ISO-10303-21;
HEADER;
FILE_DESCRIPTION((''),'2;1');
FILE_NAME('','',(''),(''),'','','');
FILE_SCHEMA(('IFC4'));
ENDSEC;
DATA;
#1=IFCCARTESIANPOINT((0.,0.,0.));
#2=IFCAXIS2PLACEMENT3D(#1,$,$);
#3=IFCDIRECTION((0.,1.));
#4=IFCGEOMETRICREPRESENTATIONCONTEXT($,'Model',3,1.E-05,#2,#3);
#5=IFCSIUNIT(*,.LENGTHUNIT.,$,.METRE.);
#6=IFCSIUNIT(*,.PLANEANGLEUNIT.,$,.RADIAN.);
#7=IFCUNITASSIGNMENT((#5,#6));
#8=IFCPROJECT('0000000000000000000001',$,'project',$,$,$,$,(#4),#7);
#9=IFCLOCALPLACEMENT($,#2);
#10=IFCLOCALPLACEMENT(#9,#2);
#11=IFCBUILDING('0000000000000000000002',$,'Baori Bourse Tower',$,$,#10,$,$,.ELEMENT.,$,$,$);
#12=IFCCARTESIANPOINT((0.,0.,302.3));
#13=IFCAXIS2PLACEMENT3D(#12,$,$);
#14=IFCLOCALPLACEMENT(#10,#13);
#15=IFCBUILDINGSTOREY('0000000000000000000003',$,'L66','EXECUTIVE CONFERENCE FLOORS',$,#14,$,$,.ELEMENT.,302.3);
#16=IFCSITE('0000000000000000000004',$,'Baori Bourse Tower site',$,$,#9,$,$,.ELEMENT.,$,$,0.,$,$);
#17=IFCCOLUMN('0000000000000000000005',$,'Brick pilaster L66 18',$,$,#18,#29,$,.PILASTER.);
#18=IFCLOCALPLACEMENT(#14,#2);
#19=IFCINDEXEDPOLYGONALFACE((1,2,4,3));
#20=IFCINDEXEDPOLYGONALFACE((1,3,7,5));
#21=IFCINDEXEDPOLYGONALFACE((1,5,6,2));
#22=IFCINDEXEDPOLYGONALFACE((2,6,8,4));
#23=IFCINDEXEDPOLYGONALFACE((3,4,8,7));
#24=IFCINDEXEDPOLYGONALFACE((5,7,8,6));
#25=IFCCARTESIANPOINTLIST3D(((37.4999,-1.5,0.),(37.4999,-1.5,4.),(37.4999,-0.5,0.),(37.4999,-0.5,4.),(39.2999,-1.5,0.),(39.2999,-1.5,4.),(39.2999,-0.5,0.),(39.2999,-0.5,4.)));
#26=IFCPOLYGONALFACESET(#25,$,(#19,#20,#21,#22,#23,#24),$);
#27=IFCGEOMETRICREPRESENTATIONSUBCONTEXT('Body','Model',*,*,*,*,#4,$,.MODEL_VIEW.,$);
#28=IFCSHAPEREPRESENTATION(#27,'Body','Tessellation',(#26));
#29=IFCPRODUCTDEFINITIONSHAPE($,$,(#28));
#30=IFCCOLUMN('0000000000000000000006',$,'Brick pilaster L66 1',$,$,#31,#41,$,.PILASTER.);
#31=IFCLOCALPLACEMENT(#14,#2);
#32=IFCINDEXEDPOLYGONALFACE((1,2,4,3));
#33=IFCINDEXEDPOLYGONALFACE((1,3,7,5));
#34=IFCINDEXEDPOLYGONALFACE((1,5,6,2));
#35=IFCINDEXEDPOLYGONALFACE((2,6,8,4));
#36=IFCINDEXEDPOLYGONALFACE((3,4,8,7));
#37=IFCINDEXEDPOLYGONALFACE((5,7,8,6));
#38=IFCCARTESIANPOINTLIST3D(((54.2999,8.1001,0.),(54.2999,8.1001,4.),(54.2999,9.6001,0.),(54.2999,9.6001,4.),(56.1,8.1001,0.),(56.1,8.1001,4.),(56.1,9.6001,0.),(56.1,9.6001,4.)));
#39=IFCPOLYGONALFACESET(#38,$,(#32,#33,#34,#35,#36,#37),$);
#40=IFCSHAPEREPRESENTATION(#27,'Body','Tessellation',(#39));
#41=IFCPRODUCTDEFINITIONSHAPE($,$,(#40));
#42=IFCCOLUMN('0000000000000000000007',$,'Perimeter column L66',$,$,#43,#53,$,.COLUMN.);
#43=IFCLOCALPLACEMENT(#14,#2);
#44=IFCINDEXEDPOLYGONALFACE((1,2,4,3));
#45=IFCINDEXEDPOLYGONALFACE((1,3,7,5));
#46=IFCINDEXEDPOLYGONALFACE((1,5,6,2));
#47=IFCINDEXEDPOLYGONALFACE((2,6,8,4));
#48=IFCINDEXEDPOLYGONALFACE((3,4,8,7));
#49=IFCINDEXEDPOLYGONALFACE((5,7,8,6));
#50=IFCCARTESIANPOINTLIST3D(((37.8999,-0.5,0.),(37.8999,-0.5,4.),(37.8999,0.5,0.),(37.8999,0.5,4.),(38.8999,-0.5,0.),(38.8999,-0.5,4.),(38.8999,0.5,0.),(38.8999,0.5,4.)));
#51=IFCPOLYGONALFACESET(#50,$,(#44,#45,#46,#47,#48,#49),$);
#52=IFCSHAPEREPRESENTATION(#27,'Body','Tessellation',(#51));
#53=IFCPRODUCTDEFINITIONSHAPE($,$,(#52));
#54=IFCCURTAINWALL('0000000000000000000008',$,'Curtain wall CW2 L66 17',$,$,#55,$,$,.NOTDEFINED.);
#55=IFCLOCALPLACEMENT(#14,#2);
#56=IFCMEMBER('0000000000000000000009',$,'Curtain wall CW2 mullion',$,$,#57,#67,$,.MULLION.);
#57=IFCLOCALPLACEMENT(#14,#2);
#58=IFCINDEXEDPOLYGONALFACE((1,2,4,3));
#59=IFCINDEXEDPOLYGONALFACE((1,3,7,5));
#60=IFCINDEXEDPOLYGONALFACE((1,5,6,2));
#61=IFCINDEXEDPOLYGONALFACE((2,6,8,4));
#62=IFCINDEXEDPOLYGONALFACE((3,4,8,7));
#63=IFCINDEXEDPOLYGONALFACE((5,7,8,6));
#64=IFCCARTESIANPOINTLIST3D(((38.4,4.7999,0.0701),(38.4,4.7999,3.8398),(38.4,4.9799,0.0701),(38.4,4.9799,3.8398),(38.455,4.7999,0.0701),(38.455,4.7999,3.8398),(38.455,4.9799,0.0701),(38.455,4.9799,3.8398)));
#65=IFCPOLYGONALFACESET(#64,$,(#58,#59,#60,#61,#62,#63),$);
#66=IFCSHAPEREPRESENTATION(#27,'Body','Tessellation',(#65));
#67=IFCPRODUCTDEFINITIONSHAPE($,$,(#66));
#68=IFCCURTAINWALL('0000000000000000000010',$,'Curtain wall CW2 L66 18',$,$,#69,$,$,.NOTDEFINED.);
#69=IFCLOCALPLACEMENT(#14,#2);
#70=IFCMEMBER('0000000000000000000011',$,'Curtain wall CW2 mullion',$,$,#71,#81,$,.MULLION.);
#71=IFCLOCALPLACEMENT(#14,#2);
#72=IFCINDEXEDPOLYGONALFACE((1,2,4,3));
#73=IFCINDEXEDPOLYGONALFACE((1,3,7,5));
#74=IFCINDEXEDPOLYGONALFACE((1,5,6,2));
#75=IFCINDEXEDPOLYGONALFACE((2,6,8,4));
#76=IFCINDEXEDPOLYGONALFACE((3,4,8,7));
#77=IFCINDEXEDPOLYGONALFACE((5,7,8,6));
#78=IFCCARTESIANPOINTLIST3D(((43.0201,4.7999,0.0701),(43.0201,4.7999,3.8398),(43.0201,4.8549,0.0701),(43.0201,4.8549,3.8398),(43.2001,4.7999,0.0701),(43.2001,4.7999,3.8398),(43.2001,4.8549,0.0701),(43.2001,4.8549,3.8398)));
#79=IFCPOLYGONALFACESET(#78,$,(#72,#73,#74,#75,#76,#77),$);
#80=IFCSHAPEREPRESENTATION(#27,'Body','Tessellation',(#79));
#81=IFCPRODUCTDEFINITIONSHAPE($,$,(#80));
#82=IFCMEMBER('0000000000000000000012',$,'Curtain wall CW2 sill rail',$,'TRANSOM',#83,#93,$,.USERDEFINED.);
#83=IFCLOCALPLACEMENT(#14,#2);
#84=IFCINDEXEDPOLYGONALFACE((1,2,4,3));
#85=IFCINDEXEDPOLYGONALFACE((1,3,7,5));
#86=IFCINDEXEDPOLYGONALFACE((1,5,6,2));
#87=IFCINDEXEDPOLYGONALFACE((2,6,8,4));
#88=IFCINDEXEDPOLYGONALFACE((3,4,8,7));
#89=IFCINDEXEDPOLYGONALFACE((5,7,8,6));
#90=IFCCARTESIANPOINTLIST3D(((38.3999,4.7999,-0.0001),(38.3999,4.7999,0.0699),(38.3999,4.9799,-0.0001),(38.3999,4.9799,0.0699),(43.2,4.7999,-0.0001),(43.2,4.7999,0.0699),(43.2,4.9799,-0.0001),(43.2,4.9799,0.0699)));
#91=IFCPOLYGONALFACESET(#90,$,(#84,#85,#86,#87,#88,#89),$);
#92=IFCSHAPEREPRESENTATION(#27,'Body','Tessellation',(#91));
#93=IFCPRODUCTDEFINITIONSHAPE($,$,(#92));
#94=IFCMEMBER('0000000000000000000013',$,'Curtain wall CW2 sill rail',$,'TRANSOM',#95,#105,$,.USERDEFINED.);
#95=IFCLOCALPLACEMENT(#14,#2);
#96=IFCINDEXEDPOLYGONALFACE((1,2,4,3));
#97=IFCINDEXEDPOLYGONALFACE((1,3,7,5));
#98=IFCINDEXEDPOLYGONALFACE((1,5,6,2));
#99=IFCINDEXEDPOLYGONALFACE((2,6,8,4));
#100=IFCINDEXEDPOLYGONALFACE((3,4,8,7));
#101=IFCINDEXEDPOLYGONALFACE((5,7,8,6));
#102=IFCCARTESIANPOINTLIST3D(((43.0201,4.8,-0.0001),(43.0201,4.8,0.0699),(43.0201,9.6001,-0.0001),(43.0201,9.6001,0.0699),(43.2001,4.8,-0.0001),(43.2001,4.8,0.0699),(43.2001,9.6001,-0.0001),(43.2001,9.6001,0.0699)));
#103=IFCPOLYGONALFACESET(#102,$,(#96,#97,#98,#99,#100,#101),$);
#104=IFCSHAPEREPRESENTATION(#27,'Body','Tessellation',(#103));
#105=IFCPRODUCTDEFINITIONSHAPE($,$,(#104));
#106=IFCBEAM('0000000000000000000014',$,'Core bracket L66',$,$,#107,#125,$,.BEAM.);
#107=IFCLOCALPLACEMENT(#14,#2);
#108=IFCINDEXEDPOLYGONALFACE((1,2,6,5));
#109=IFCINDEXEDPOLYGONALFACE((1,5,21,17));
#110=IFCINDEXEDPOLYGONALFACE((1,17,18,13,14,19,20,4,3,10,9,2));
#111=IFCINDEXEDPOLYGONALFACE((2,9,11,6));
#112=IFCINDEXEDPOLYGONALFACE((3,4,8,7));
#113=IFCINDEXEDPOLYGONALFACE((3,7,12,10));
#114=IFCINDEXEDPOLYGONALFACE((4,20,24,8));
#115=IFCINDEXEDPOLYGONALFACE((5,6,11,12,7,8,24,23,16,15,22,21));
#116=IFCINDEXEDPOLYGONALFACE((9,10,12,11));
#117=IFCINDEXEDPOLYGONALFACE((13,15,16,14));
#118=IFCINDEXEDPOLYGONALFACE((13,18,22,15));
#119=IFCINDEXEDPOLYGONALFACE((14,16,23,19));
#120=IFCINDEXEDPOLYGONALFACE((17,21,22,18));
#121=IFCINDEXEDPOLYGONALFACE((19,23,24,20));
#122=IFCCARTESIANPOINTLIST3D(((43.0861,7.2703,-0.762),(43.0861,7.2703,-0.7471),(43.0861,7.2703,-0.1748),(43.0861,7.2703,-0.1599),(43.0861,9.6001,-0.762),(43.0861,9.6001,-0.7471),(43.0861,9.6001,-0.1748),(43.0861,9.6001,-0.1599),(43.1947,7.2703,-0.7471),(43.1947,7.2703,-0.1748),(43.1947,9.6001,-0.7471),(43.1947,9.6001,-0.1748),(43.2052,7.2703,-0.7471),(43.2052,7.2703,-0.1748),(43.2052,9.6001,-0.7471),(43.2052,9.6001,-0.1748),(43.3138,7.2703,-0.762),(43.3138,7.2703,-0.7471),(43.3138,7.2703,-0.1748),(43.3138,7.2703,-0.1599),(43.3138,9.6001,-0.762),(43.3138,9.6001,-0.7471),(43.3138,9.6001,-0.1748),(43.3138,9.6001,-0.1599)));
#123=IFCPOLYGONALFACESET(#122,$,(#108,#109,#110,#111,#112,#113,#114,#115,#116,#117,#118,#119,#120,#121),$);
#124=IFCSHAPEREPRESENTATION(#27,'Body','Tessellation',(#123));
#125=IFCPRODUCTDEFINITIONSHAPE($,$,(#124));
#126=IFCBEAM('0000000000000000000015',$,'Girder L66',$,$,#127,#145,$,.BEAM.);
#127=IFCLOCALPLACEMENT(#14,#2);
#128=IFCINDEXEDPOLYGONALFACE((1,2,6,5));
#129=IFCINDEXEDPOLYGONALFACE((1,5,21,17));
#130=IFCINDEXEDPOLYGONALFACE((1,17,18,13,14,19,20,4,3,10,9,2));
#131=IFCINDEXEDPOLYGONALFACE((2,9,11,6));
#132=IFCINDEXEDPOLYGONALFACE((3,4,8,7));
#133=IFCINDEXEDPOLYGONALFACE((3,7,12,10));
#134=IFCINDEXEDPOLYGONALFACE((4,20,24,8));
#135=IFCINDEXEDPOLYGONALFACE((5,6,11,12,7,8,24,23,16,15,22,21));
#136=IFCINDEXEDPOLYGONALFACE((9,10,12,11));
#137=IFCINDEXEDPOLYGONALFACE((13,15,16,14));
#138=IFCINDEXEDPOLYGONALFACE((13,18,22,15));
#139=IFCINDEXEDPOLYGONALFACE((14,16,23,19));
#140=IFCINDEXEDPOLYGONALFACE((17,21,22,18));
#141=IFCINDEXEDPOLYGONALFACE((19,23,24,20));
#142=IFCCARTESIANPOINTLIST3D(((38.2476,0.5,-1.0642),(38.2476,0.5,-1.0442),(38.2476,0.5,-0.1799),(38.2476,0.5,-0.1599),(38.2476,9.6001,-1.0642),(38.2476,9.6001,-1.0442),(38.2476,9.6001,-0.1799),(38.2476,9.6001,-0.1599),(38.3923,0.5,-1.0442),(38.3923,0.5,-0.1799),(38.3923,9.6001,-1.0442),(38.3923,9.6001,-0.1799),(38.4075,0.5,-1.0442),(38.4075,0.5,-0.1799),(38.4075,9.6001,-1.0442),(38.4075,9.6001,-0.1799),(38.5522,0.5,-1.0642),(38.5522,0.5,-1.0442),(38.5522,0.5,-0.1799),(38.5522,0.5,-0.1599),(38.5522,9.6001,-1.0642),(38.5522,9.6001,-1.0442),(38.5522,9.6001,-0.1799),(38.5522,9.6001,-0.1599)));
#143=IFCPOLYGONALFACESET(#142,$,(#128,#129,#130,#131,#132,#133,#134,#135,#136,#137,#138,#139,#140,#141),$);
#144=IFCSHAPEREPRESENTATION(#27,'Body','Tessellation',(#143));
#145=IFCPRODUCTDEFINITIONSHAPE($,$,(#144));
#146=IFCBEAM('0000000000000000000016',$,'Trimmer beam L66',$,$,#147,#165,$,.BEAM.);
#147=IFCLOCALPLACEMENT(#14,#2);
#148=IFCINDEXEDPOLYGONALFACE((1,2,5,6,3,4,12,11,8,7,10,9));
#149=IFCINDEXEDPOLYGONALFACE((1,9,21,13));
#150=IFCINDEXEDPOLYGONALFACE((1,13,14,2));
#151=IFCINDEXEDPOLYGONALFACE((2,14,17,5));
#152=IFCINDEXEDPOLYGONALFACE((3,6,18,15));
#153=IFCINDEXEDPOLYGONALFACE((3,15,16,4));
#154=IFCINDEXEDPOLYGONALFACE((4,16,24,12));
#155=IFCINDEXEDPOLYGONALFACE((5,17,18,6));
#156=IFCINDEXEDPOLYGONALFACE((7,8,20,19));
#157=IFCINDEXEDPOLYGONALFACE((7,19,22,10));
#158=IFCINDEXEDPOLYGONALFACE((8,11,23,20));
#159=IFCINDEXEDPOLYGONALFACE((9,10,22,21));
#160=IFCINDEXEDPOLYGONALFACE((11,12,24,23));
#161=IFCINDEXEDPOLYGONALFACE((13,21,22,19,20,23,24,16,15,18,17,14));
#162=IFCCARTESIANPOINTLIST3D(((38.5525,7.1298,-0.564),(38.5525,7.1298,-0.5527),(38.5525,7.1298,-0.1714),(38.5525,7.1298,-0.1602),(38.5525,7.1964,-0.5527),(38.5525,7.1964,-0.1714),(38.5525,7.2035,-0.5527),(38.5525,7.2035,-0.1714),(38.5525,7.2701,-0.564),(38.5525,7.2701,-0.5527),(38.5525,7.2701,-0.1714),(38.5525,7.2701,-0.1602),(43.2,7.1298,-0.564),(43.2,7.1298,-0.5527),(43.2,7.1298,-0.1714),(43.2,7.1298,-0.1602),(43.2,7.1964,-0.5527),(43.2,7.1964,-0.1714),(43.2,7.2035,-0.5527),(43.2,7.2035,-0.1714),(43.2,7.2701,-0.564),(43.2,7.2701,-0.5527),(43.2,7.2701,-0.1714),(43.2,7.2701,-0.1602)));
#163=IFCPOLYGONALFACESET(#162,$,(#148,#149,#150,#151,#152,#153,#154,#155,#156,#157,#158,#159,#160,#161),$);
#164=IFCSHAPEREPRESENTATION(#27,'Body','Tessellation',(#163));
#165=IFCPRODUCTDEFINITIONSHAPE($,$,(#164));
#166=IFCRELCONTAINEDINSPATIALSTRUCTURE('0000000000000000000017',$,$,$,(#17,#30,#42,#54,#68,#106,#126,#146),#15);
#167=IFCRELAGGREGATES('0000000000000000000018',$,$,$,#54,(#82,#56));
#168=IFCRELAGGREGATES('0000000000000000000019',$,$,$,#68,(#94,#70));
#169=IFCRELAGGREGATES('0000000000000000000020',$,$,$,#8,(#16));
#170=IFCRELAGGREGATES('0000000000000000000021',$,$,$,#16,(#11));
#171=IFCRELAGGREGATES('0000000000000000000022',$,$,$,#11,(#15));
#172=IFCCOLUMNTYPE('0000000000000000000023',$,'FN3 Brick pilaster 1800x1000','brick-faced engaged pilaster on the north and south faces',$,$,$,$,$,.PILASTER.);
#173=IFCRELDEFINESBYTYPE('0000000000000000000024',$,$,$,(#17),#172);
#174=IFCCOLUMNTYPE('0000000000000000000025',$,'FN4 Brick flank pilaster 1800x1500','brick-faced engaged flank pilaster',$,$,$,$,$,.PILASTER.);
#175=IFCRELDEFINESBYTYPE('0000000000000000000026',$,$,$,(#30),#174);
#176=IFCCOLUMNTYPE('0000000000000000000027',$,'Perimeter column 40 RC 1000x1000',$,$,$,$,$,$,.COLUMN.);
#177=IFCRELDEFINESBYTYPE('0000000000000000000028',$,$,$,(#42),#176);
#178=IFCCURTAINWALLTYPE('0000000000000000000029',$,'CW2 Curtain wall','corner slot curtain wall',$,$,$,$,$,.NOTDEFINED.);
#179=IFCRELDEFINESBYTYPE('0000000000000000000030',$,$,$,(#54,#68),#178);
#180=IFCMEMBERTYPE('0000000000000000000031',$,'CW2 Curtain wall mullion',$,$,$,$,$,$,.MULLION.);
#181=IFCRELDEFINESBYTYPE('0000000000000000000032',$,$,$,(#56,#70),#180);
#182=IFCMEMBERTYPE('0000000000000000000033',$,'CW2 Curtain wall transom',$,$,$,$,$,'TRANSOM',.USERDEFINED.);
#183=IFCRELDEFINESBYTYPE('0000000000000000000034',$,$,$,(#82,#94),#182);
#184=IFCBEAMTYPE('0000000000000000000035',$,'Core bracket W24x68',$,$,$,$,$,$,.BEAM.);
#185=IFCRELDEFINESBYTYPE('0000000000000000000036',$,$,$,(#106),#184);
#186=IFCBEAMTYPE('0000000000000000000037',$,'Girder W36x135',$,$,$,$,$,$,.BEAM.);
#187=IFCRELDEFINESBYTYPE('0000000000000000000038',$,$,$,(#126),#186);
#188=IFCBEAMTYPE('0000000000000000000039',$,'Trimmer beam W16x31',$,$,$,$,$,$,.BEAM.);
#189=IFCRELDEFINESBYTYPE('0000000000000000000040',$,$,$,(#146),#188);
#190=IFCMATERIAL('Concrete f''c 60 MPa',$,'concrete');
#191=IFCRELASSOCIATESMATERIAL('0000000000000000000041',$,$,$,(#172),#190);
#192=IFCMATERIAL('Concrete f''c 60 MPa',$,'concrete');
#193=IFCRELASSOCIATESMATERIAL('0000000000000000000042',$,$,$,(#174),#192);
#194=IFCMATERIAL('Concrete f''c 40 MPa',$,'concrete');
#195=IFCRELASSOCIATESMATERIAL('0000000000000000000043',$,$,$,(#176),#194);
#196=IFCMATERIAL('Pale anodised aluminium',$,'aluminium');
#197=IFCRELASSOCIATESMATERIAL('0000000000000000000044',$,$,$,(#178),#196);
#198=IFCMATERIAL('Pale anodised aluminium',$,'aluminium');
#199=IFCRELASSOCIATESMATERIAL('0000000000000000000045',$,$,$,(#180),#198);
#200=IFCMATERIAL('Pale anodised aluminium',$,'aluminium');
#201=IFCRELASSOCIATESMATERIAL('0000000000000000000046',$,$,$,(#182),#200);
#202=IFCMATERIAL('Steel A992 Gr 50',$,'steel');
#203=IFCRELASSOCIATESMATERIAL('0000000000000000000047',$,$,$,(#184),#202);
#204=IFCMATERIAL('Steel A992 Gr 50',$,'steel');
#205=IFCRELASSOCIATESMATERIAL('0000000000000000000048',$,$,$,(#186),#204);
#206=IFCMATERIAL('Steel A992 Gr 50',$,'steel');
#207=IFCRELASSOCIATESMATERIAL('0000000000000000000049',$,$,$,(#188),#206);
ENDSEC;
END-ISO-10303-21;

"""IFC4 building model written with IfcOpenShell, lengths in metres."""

from ifc_helpers import new_model, si_unit, direction, frame, origin, origin_2d, place, context, subcontext, project, spatial, rectangle, i_section, extrude, material, material_profile, profile_set, type_object, element, aggregate, save


model = new_model("IFC4")

# Units and contexts
model_context = context("Model", 3, precision=1e-05, world=origin(), true_north=direction((0.0, 1.0)))
body_context = subcontext(model_context, "Body", "Model", "MODEL_VIEW")
ifc_project = project(units=[si_unit("LENGTHUNIT", "METRE"), si_unit("PLANEANGLEUNIT", "RADIAN")], contexts=[model_context])

# Site, building, storey
site_placement = place(None, origin())
site = spatial("IfcSite", under=ifc_project, at=site_placement, Name="Baori Bourse Tower site", CompositionType="ELEMENT", RefElevation=0.0)
building_placement = place(site_placement, origin())
building = spatial("IfcBuilding", under=site, at=building_placement, Name="Baori Bourse Tower", CompositionType="ELEMENT")
storey_placement = place(building_placement, frame((0.0, 0.0, 302.3)))
storey = spatial("IfcBuildingStorey", under=building, at=storey_placement, Name="L66", Description="EXECUTIVE CONFERENCE FLOORS", CompositionType="ELEMENT", Elevation=302.3)

# Columns
ifc_material_1 = material(Name="Concrete f'c 60 MPa", Category="concrete")
ifc_material_profile_1 = material_profile(ifc_material_1, rectangle(XDim=1.8, YDim=1.0, at=origin_2d()), Name="RC 1800x1000")
ifc_profile_set_1 = profile_set([ifc_material_profile_1], Name="Concrete f'c 60 MPa")
column_type_1 = type_object("IfcColumnType", Name="FN3 Brick pilaster 1800x1000", Description="brick-faced engaged pilaster on the north and south faces", PredefinedType="PILASTER", material=ifc_profile_set_1)
column_1_placement = place(storey_placement, frame((38.3999, -1.0, 0.0), z_axis=(0.0, 0.0, 1.0), x_axis=(1.0, 0.0, 0.0)))
element("IfcColumn", 1, at=column_1_placement, inside=storey, type_object=column_type_1, Name="Brick pilaster L66 18", PredefinedType="PILASTER", context=body_context, shape_type="SweptSolid", body=[
    extrude(rectangle(XDim=1.8, YDim=1.0, at=origin_2d()), origin(), (0.0, 0.0, 1.0), 4.0),
])
ifc_material_2 = material(Name="Concrete f'c 60 MPa", Category="concrete")
ifc_material_profile_2 = material_profile(ifc_material_2, rectangle(XDim=1.8, YDim=1.5, at=origin_2d()), Name="RC 1800x1500")
ifc_profile_set_2 = profile_set([ifc_material_profile_2], Name="Concrete f'c 60 MPa")
column_type_2 = type_object("IfcColumnType", Name="FN4 Brick flank pilaster 1800x1500", Description="brick-faced engaged flank pilaster", PredefinedType="PILASTER", material=ifc_profile_set_2)
column_2_placement = place(storey_placement, frame((55.2, 8.8501, 0.0), z_axis=(0.0, 0.0, 1.0), x_axis=(1.0, 0.0, 0.0)))
element("IfcColumn", 2, at=column_2_placement, inside=storey, type_object=column_type_2, Name="Brick pilaster L66 1", PredefinedType="PILASTER", context=body_context, shape_type="SweptSolid", body=[
    extrude(rectangle(XDim=1.8, YDim=1.5, at=origin_2d()), origin(), (0.0, 0.0, 1.0), 4.0),
])
ifc_material_3 = material(Name="Concrete f'c 40 MPa", Category="concrete")
ifc_material_profile_3 = material_profile(ifc_material_3, rectangle(XDim=1.0, YDim=1.0, at=origin_2d()), Name="RC 1000x1000")
ifc_profile_set_3 = profile_set([ifc_material_profile_3], Name="Concrete f'c 40 MPa")
column_type_3 = type_object("IfcColumnType", Name="Perimeter column 40 RC 1000x1000", PredefinedType="COLUMN", material=ifc_profile_set_3)
column_3_placement = place(storey_placement, frame((38.3999, 0.0, 0.0), z_axis=(0.0, 0.0, 1.0), x_axis=(1.0, 0.0, 0.0)))
element("IfcColumn", 3, at=column_3_placement, inside=storey, type_object=column_type_3, Name="Perimeter column L66", PredefinedType="COLUMN", context=body_context, shape_type="SweptSolid", body=[
    extrude(rectangle(XDim=1.0, YDim=1.0, at=origin_2d()), origin(), (0.0, 0.0, 1.0), 4.0),
])

# Curtain walls, members
ifc_material_4 = material(Name="Pale anodised aluminium", Category="aluminium")
curtain_wall_type = type_object("IfcCurtainWallType", Name="CW2 Curtain wall", Description="corner slot curtain wall", PredefinedType="NOTDEFINED", material=ifc_material_4)
curtain_wall_1_placement = place(storey_placement, origin())
curtain_wall_1 = element("IfcCurtainWall", 4, at=curtain_wall_1_placement, inside=storey, type_object=curtain_wall_type, Name="Curtain wall CW2 L66 17", PredefinedType="NOTDEFINED")
ifc_material_5 = material(Name="Pale anodised aluminium", Category="aluminium")
ifc_material_profile_4 = material_profile(ifc_material_5, rectangle(XDim=0.1799, YDim=0.0549, at=origin_2d()), Name="Mullion 55x180")
ifc_profile_set_4 = profile_set([ifc_material_profile_4], Name="Pale anodised aluminium")
member_type_1 = type_object("IfcMemberType", Name="CW2 Curtain wall mullion", PredefinedType="MULLION", material=ifc_profile_set_4)
member_1_placement = place(storey_placement, frame((38.4275, 4.8899, 0.0701), z_axis=(0.0, 0.0, 1.0), x_axis=(0.0, 1.0, 0.0)))
member_1 = element("IfcMember", 5, at=member_1_placement, type_object=member_type_1, Name="Curtain wall CW2 mullion", PredefinedType="MULLION", context=body_context, shape_type="SweptSolid", body=[
    extrude(rectangle(XDim=0.1799, YDim=0.0549, at=origin_2d()), origin(), (0.0, 0.0, 1.0), 3.7698),
])
curtain_wall_2_placement = place(storey_placement, origin())
curtain_wall_2 = element("IfcCurtainWall", 6, at=curtain_wall_2_placement, inside=storey, type_object=curtain_wall_type, Name="Curtain wall CW2 L66 18", PredefinedType="NOTDEFINED")
member_2_placement = place(storey_placement, frame((43.1101, 4.8274, 0.0701), z_axis=(0.0, 0.0, 1.0), x_axis=(-1.0, 0.0, 0.0)))
member_2 = element("IfcMember", 7, at=member_2_placement, type_object=member_type_1, Name="Curtain wall CW2 mullion", PredefinedType="MULLION", context=body_context, shape_type="SweptSolid", body=[
    extrude(rectangle(XDim=0.1799, YDim=0.0549, at=origin_2d()), origin(), (0.0, 0.0, 1.0), 3.7698),
])

# Members
ifc_material_6 = material(Name="Pale anodised aluminium", Category="aluminium")
ifc_material_profile_5 = material_profile(ifc_material_6, rectangle(XDim=0.1799, YDim=0.0701, at=origin_2d()), Name="Transom 70x180")
ifc_profile_set_5 = profile_set([ifc_material_profile_5], Name="Pale anodised aluminium")
member_type_2 = type_object("IfcMemberType", Name="CW2 Curtain wall transom", ElementType="TRANSOM", PredefinedType="USERDEFINED", material=ifc_profile_set_5)
member_3_placement = place(storey_placement, frame((38.3999, 4.8899, 0.0349), z_axis=(1.0, 0.0, 0.0), x_axis=(0.0, 1.0, 0.0)))
member_3 = element("IfcMember", 8, at=member_3_placement, type_object=member_type_2, Name="Curtain wall CW2 sill rail", ObjectType="TRANSOM", PredefinedType="USERDEFINED", context=body_context, shape_type="SweptSolid", body=[
    extrude(rectangle(XDim=0.1799, YDim=0.0701, at=origin_2d()), origin(), (0.0, 0.0, 1.0), 4.8),
])
member_4_placement = place(storey_placement, frame((43.1101, 4.8, 0.0349), z_axis=(0.0, 1.0, 0.0), x_axis=(-1.0, 0.0, 0.0)))
member_4 = element("IfcMember", 9, at=member_4_placement, type_object=member_type_2, Name="Curtain wall CW2 sill rail", ObjectType="TRANSOM", PredefinedType="USERDEFINED", context=body_context, shape_type="SweptSolid", body=[
    extrude(rectangle(XDim=0.1799, YDim=0.0701, at=origin_2d()), origin(), (0.0, 0.0, 1.0), 4.8),
])

# Beams
ifc_material_7 = material(Name="Steel A992 Gr 50", Category="steel")
ifc_material_profile_6 = material_profile(ifc_material_7, i_section(OverallWidth=0.2278, OverallDepth=0.6021, WebThickness=0.0105, FlangeThickness=0.0149, at=origin_2d()), Name="W24x68")
ifc_profile_set_6 = profile_set([ifc_material_profile_6], Name="Steel A992 Gr 50")
beam_type_1 = type_object("IfcBeamType", Name="Core bracket W24x68", PredefinedType="BEAM", material=ifc_profile_set_6)
beam_1_placement = place(storey_placement, frame((43.2, 7.2703, -0.4609), z_axis=(0.0, 1.0, 0.0), x_axis=(-1.0, 0.0, 0.0)))
element("IfcBeam", 10, at=beam_1_placement, inside=storey, type_object=beam_type_1, Name="Core bracket L66", PredefinedType="BEAM", context=body_context, shape_type="SweptSolid", body=[
    extrude(i_section(OverallWidth=0.2278, OverallDepth=0.6021, WebThickness=0.0105, FlangeThickness=0.0149, at=origin_2d()), origin(), (0.0, 0.0, 1.0), 2.3298),
])
ifc_material_8 = material(Name="Steel A992 Gr 50", Category="steel")
ifc_material_profile_7 = material_profile(ifc_material_8, i_section(OverallWidth=0.3047, OverallDepth=0.9043, WebThickness=0.0151, FlangeThickness=0.02, at=origin_2d()), Name="W36x135")
ifc_profile_set_7 = profile_set([ifc_material_profile_7], Name="Steel A992 Gr 50")
beam_type_2 = type_object("IfcBeamType", Name="Girder W36x135", PredefinedType="BEAM", material=ifc_profile_set_7)
beam_2_placement = place(storey_placement, frame((38.3999, 0.5, -0.6121), z_axis=(0.0, 1.0, 0.0), x_axis=(-1.0, 0.0, 0.0)))
element("IfcBeam", 11, at=beam_2_placement, inside=storey, type_object=beam_type_2, Name="Girder L66", PredefinedType="BEAM", context=body_context, shape_type="SweptSolid", body=[
    extrude(i_section(OverallWidth=0.3047, OverallDepth=0.9043, WebThickness=0.0151, FlangeThickness=0.02, at=origin_2d()), origin(), (0.0, 0.0, 1.0), 9.1001),
])
ifc_material_9 = material(Name="Steel A992 Gr 50", Category="steel")
ifc_material_profile_8 = material_profile(ifc_material_9, i_section(OverallWidth=0.1404, OverallDepth=0.4038, WebThickness=0.0071, FlangeThickness=0.0112, at=origin_2d()), Name="W16x31")
ifc_profile_set_8 = profile_set([ifc_material_profile_8], Name="Steel A992 Gr 50")
beam_type_3 = type_object("IfcBeamType", Name="Trimmer beam W16x31", PredefinedType="BEAM", material=ifc_profile_set_8)
beam_3_placement = place(storey_placement, frame((38.5525, 7.2, -0.3621), z_axis=(1.0, 0.0, 0.0), x_axis=(0.0, 1.0, 0.0)))
element("IfcBeam", 12, at=beam_3_placement, inside=storey, type_object=beam_type_3, Name="Trimmer beam L66", PredefinedType="BEAM", context=body_context, shape_type="SweptSolid", body=[
    extrude(i_section(OverallWidth=0.1404, OverallDepth=0.4038, WebThickness=0.0071, FlangeThickness=0.0112, at=origin_2d()), origin(), (0.0, 0.0, 1.0), 4.6475),
])

aggregate(curtain_wall_1, [member_3, member_1])
aggregate(curtain_wall_2, [member_4, member_2])

save(model, "model.ifc")
